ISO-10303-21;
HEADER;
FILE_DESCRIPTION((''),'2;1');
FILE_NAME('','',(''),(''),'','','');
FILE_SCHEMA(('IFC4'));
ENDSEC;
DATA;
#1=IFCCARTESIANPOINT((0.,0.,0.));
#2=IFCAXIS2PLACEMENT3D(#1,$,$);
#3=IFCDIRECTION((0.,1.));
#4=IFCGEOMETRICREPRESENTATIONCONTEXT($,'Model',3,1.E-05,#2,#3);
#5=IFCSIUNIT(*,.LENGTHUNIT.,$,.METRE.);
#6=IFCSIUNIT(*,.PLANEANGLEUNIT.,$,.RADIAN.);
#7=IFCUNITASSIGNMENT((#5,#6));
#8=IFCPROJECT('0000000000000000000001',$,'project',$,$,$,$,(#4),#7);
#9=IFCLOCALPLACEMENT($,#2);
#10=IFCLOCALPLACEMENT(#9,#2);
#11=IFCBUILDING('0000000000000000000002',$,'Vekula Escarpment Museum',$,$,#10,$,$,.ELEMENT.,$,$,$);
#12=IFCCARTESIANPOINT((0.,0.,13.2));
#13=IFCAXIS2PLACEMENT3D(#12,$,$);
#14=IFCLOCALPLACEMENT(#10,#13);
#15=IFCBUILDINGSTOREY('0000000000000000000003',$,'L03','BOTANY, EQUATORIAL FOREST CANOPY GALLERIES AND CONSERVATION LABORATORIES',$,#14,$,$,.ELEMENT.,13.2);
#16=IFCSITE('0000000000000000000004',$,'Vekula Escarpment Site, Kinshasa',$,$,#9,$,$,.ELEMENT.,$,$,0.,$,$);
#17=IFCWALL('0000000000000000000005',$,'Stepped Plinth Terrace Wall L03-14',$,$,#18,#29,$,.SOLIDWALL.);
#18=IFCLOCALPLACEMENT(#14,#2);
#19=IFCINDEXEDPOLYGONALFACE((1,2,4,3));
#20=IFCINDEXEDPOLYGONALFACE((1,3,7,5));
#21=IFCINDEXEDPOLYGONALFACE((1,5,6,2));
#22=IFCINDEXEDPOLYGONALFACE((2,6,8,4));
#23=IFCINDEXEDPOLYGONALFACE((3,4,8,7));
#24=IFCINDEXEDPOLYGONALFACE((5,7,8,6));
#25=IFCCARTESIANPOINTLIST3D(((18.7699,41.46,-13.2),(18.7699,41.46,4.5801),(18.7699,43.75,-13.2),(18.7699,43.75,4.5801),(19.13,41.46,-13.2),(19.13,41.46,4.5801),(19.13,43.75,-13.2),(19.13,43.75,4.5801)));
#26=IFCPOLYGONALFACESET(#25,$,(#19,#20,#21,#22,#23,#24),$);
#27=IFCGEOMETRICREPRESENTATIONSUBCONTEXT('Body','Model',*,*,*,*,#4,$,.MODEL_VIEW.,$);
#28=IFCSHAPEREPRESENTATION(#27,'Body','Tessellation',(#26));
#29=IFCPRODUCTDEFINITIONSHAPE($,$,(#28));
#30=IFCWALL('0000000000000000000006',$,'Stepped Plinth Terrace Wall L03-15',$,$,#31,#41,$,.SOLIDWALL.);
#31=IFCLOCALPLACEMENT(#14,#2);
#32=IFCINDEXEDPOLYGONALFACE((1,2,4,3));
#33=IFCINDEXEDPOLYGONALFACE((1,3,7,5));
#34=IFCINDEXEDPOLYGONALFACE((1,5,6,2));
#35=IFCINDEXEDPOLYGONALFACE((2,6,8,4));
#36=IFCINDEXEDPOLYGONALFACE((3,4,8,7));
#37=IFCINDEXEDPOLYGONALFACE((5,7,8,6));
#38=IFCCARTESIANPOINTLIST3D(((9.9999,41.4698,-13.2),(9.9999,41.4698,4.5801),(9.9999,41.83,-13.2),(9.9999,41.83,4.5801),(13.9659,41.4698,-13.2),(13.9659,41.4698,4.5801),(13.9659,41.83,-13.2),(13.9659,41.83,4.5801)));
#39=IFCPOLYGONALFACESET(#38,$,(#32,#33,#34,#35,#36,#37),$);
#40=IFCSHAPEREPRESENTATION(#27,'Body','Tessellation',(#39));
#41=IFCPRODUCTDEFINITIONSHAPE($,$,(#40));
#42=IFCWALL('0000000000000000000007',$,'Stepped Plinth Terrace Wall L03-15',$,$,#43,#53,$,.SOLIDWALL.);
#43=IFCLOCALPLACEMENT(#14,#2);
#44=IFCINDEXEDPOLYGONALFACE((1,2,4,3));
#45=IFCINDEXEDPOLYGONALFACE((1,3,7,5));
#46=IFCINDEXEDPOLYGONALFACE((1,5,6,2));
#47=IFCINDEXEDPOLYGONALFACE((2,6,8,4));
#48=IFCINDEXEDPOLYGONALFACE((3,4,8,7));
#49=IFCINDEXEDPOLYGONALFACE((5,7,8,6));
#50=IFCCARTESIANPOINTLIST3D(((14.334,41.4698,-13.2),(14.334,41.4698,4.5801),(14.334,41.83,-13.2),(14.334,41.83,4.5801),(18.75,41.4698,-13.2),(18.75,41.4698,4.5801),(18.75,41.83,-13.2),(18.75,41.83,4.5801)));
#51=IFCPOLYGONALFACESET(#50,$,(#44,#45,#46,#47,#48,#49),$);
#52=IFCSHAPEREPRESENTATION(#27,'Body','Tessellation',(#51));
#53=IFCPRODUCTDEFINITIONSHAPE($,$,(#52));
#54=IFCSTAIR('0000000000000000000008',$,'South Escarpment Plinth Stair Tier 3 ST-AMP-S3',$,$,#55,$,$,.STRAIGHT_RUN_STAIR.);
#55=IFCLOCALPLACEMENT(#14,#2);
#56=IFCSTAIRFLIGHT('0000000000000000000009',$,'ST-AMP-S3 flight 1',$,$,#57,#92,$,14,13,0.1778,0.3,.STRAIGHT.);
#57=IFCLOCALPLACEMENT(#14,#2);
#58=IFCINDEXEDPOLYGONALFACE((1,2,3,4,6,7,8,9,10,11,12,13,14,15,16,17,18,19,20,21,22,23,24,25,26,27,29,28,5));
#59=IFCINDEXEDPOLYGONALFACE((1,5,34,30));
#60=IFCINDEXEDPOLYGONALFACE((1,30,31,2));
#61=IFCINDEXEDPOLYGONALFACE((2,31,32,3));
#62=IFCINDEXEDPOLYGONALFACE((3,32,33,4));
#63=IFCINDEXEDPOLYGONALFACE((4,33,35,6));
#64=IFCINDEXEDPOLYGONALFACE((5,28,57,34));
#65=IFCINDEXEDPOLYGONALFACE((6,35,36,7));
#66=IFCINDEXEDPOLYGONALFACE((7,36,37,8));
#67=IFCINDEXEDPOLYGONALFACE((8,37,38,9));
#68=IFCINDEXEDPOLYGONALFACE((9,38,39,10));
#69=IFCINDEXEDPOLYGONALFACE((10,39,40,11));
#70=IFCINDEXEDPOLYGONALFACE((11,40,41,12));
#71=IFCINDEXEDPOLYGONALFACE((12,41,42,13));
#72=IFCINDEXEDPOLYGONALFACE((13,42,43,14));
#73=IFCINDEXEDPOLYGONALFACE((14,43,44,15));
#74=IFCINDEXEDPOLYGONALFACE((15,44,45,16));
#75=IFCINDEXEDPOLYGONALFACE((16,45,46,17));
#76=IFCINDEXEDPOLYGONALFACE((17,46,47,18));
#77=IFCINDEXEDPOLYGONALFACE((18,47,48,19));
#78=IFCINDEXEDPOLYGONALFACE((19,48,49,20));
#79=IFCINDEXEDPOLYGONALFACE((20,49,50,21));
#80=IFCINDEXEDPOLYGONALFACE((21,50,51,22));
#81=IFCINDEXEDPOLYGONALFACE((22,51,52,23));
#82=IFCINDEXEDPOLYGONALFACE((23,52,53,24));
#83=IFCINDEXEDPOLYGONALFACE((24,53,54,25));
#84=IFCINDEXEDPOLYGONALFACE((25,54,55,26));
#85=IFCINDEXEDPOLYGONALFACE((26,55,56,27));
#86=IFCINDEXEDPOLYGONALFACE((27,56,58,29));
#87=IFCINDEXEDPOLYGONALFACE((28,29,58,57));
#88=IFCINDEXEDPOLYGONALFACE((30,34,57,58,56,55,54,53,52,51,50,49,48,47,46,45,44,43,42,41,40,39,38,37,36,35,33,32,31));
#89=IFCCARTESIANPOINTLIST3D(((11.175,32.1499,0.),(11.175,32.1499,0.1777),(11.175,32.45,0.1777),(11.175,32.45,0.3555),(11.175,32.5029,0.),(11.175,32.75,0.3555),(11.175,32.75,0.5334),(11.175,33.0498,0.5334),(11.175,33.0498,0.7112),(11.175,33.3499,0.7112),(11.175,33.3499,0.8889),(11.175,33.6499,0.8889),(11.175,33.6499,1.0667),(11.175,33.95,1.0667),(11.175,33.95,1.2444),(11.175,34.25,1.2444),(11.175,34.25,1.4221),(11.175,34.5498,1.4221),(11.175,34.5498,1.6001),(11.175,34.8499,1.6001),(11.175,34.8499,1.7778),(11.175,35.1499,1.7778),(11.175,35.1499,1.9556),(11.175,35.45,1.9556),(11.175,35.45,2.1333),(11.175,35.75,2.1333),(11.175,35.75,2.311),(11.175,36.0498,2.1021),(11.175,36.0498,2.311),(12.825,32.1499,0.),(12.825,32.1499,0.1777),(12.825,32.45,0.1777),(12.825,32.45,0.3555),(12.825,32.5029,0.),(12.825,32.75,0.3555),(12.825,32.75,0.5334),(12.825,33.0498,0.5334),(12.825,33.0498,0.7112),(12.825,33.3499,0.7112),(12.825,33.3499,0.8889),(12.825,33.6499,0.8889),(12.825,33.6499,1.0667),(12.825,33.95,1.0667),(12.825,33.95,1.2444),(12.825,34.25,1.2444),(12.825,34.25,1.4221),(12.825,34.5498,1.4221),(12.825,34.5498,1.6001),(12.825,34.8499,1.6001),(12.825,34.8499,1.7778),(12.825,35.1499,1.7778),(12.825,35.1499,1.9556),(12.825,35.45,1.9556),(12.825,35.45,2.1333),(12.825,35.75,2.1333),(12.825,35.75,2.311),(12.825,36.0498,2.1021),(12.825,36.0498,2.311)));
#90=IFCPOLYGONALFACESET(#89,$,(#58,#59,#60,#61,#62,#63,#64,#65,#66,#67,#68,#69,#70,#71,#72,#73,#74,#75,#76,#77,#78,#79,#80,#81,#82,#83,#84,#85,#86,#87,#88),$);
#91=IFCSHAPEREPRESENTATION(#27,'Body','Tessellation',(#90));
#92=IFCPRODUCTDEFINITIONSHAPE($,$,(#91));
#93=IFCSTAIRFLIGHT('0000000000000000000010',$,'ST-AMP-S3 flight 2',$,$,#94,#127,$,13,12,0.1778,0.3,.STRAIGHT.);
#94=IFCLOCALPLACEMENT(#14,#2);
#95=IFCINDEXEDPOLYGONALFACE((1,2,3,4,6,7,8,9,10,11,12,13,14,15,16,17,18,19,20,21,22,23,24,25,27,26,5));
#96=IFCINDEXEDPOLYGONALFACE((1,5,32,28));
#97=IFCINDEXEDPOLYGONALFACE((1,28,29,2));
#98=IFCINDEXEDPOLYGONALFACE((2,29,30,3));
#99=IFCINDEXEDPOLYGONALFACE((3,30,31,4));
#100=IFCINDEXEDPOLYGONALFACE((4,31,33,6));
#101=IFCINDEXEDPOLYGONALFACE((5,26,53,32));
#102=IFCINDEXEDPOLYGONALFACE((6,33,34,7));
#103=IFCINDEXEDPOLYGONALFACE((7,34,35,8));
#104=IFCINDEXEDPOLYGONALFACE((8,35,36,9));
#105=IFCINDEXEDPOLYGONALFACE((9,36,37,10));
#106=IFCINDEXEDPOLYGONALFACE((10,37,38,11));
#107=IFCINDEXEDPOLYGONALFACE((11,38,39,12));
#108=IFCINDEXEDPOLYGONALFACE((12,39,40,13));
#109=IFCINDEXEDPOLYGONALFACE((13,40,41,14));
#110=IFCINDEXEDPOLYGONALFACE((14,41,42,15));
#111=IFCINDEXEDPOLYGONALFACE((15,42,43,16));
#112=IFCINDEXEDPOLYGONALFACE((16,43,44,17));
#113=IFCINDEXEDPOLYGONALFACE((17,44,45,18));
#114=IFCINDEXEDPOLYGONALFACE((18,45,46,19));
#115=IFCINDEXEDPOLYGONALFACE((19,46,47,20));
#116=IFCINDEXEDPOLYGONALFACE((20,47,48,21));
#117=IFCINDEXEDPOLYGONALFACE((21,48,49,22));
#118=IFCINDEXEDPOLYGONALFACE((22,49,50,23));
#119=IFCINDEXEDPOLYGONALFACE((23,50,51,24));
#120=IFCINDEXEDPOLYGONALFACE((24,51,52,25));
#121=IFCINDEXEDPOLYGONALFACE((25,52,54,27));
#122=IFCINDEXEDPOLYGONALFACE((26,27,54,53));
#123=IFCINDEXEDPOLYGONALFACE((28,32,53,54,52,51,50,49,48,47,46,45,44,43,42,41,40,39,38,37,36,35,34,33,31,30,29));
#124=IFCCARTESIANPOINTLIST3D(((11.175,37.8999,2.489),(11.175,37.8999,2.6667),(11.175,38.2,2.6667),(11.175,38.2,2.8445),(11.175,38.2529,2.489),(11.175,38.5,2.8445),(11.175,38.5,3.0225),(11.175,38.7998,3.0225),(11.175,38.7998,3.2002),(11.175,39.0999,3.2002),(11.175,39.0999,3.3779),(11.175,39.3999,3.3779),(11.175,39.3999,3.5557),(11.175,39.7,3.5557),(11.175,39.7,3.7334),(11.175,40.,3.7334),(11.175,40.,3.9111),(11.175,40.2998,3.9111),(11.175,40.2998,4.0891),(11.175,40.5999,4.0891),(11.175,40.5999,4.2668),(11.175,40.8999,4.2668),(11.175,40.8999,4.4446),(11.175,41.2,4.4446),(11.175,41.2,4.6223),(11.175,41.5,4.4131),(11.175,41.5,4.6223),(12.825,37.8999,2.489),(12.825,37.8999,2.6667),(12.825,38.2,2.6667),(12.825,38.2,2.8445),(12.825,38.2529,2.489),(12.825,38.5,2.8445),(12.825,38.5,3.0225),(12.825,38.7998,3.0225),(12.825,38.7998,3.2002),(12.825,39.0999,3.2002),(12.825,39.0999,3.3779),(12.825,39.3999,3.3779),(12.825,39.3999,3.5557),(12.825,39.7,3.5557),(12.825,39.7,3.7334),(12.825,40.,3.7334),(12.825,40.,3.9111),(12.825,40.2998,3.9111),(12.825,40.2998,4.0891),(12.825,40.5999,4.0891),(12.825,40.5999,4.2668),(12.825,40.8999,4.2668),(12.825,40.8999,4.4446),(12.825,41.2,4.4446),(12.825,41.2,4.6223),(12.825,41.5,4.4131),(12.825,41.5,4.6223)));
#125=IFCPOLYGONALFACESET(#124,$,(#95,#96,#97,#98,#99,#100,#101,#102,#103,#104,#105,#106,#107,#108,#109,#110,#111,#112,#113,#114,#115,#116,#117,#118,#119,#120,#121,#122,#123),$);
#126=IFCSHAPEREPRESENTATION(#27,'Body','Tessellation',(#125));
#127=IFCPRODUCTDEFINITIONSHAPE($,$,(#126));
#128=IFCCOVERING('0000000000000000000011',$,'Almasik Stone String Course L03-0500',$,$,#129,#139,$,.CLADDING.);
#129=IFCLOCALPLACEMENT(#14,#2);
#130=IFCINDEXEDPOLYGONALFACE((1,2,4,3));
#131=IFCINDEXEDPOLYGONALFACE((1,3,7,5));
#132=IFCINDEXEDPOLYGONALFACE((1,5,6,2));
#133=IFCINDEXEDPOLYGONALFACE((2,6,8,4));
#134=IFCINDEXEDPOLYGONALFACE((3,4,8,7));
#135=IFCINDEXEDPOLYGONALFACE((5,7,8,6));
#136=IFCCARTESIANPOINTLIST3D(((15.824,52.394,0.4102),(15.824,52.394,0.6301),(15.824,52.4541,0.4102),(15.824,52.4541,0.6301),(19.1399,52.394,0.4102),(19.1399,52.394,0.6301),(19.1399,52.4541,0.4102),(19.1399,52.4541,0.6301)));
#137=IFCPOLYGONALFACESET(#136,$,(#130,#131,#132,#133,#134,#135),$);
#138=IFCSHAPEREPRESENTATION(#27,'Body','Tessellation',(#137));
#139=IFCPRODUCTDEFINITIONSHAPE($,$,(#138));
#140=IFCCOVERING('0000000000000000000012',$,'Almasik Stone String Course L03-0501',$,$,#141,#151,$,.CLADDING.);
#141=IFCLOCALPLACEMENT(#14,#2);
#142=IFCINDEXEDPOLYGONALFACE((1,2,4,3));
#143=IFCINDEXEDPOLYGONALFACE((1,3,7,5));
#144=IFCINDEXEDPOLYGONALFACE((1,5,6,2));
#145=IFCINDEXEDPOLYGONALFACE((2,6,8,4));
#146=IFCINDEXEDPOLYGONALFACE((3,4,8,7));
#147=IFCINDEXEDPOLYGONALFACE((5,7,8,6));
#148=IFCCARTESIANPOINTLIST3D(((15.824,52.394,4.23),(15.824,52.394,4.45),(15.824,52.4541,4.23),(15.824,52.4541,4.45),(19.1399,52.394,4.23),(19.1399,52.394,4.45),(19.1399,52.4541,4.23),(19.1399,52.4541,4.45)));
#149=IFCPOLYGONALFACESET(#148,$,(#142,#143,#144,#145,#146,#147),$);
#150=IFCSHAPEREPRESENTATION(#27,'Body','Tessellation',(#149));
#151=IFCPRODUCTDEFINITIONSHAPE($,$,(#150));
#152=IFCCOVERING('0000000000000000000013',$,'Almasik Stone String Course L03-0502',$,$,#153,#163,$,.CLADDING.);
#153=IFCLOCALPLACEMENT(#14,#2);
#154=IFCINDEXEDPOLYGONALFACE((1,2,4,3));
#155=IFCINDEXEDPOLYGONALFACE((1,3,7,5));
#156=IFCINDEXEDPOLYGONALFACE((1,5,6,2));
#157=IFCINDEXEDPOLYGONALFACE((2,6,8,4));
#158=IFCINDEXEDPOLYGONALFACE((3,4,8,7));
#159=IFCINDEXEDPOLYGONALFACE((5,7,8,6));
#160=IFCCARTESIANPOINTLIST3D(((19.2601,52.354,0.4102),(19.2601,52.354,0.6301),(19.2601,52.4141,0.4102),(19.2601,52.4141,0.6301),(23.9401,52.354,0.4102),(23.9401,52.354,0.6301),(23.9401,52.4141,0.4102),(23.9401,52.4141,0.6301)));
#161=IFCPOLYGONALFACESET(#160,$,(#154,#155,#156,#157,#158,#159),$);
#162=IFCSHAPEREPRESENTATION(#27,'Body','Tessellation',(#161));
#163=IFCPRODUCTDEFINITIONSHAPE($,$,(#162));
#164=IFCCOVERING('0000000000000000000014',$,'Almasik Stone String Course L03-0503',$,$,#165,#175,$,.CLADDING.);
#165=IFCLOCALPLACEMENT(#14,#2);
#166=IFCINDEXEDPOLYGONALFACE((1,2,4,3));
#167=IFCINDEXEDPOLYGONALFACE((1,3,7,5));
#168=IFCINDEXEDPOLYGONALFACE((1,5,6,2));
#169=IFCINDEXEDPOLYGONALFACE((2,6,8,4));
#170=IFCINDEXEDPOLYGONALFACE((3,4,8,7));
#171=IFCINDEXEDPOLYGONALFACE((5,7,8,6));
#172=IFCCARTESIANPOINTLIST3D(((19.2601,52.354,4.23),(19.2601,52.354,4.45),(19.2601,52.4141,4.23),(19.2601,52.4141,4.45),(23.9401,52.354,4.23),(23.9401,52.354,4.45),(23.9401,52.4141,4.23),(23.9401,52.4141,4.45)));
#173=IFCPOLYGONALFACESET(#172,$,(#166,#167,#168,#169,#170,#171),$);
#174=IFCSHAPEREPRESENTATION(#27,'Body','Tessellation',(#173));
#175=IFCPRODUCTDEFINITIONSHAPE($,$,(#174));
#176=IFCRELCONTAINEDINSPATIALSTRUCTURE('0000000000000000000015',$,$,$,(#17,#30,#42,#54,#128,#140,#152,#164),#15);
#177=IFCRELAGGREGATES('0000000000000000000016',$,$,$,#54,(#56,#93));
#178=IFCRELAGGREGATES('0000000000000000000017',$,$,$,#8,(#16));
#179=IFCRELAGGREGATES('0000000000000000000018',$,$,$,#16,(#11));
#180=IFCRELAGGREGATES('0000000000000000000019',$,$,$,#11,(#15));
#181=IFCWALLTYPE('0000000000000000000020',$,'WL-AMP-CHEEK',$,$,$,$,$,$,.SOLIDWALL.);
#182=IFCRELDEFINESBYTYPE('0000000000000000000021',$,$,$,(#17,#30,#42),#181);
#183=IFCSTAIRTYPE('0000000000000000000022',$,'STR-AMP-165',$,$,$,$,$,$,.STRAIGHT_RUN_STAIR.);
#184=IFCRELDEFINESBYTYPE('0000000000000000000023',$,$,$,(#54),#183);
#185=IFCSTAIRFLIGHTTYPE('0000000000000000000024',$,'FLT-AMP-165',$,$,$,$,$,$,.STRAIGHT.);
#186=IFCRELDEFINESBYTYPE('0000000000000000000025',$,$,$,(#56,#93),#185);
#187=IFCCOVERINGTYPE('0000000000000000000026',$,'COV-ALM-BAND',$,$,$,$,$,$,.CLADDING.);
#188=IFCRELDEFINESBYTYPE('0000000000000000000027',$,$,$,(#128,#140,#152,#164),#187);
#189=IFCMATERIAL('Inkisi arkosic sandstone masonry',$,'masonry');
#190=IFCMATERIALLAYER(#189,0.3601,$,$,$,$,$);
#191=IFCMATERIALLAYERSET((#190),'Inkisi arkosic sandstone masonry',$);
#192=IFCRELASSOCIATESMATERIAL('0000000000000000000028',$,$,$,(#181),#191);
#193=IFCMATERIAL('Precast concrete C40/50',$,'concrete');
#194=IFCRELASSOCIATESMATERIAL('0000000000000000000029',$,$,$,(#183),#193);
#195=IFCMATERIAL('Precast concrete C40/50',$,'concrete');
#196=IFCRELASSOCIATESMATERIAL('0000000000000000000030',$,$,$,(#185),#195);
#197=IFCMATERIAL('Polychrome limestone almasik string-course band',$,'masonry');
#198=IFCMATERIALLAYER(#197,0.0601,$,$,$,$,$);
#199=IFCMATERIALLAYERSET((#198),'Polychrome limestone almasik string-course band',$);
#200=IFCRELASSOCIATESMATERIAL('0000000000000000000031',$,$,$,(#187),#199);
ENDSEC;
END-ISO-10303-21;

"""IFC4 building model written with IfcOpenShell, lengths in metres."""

from ifc_helpers import new_model, si_unit, direction, frame, frame_2d, origin, origin_2d, place, context, subcontext, project, spatial, polyline, rectangle, outline, extrude, material, layer, layer_set, type_object, element, aggregate, save


model = new_model("IFC4")

# Units and contexts
model_context = context("Model", 3, precision=1e-05, world=origin(), true_north=direction((0.0, 1.0)))
body_context = subcontext(model_context, "Body", "Model", "MODEL_VIEW")
ifc_project = project(units=[si_unit("LENGTHUNIT", "METRE"), si_unit("PLANEANGLEUNIT", "RADIAN")], contexts=[model_context])

# Site, building, storey
site_placement = place(None, origin())
site = spatial("IfcSite", under=ifc_project, at=site_placement, Name="Vekula Escarpment Site, Kinshasa", CompositionType="ELEMENT", RefElevation=0.0)
building_placement = place(site_placement, origin())
building = spatial("IfcBuilding", under=site, at=building_placement, Name="Vekula Escarpment Museum", CompositionType="ELEMENT")
storey_placement = place(building_placement, frame((0.0, 0.0, 13.2)))
storey = spatial("IfcBuildingStorey", under=building, at=storey_placement, Name="L03", Description="BOTANY, EQUATORIAL FOREST CANOPY GALLERIES AND CONSERVATION LABORATORIES", CompositionType="ELEMENT", Elevation=13.2)

# Walls
ifc_material_1 = material(Name="Inkisi arkosic sandstone masonry", Category="masonry")
ifc_layer_1 = layer(ifc_material_1, 0.3601)
ifc_layer_set_1 = layer_set([ifc_layer_1], Name="Inkisi arkosic sandstone masonry")
wall_type_1 = type_object("IfcWallType", Name="WL-AMP-CHEEK", PredefinedType="SOLIDWALL", material=ifc_layer_set_1)
wall_1_placement = place(storey_placement, frame((18.95, 41.46, -13.2), z_axis=(0.0, 0.0, 1.0), x_axis=(0.0, 1.0, 0.0)))
element("IfcWall", 1, at=wall_1_placement, inside=storey, type_object=wall_type_1, Name="Stepped Plinth Terrace Wall L03-14", PredefinedType="SOLIDWALL", context=body_context, shape_type="SweptSolid", body=[
    extrude(rectangle(XDim=2.29, YDim=0.3601, at=frame_2d((1.145, 0.0))), origin(), (0.0, 0.0, 1.0), 17.78),
])
wall_2_placement = place(storey_placement, frame((10.0, 41.6499, -13.2), z_axis=(0.0, 0.0, 1.0), x_axis=(1.0, 0.0, 0.0)))
element("IfcWall", 2, at=wall_2_placement, inside=storey, type_object=wall_type_1, Name="Stepped Plinth Terrace Wall L03-15", PredefinedType="SOLIDWALL", context=body_context, shape_type="SweptSolid", body=[
    extrude(rectangle(XDim=3.9661, YDim=0.3601, at=frame_2d((1.9829, 0.0))), origin(), (0.0, 0.0, 1.0), 17.78),
])
wall_3_placement = place(storey_placement, frame((14.334, 41.6499, -13.2), z_axis=(0.0, 0.0, 1.0), x_axis=(1.0, 0.0, 0.0)))
element("IfcWall", 3, at=wall_3_placement, inside=storey, type_object=wall_type_1, Name="Stepped Plinth Terrace Wall L03-15", PredefinedType="SOLIDWALL", context=body_context, shape_type="SweptSolid", body=[
    extrude(rectangle(XDim=4.416, YDim=0.3601, at=frame_2d((2.208, 0.0))), origin(), (0.0, 0.0, 1.0), 17.78),
])

# Stair, stair flights
ifc_material_2 = material(Name="Precast concrete C40/50", Category="concrete")
stair_type = type_object("IfcStairType", Name="STR-AMP-165", PredefinedType="STRAIGHT_RUN_STAIR", material=ifc_material_2)
stair_placement = place(storey_placement, origin())
stair = element("IfcStair", 4, at=stair_placement, inside=storey, type_object=stair_type, Name="South Escarpment Plinth Stair Tier 3 ST-AMP-S3", PredefinedType="STRAIGHT_RUN_STAIR")
ifc_material_3 = material(Name="Precast concrete C40/50", Category="concrete")
stair_flight_type = type_object("IfcStairFlightType", Name="FLT-AMP-165", PredefinedType="STRAIGHT", material=ifc_material_3)
stair_flight_1_placement = place(storey_placement, frame((12.0, 32.1499, 0.0), z_axis=(0.0, 0.0, 1.0), x_axis=(0.0, 1.0, 0.0)))
stair_flight_1 = element("IfcStairFlight", 5, at=stair_flight_1_placement, type_object=stair_flight_type, Name="ST-AMP-S3 flight 1", NumberOfRisers=14, NumberOfTreads=13, PredefinedType="STRAIGHT", RiserHeight=0.1778, TreadLength=0.3, context=body_context, shape_type="SweptSolid", body=[
    extrude(outline(polyline([(0.0, 0.0), (0.0, 0.1777), (0.3, 0.1777), (0.3, 0.3555), (0.6001, 0.3555), (0.6001, 0.5334), (0.8999, 0.5334), (0.8999, 0.7112), (1.2, 0.7112), (1.2, 0.8889), (1.5, 0.8889), (1.5, 1.0667), (1.8, 1.0667), (1.8, 1.2444), (2.1001, 1.2444), (2.1001, 1.4221), (2.3999, 1.4221), (2.3999, 1.6001), (2.7, 1.6001), (2.7, 1.7778), (3.0, 1.7778), (3.0, 1.9556), (3.3, 1.9556), (3.3, 2.1333), (3.6001, 2.1333), (3.6001, 2.311), (3.8999, 2.311), (3.8999, 2.489), (3.8999, 2.1021), (0.353, 0.0), (0.0, 0.0)])), frame((0.0, 0.825, 0.0), z_axis=(0.0, -1.0, 0.0), x_axis=(1.0, 0.0, 0.0)), (0.0, 0.0, 1.0), 1.6499),
])
stair_flight_2_placement = place(storey_placement, frame((12.0, 37.8999, 2.489), z_axis=(0.0, 0.0, 1.0), x_axis=(0.0, 1.0, 0.0)))
stair_flight_2 = element("IfcStairFlight", 6, at=stair_flight_2_placement, type_object=stair_flight_type, Name="ST-AMP-S3 flight 2", NumberOfRisers=13, NumberOfTreads=12, PredefinedType="STRAIGHT", RiserHeight=0.1778, TreadLength=0.3, context=body_context, shape_type="SweptSolid", body=[
    extrude(outline(polyline([(0.0, 0.0), (0.0, 0.1777), (0.3, 0.1777), (0.3, 0.3555), (0.6001, 0.3555), (0.6001, 0.5334), (0.8999, 0.5334), (0.8999, 0.7112), (1.2, 0.7112), (1.2, 0.8889), (1.5, 0.8889), (1.5, 1.0667), (1.8, 1.0667), (1.8, 1.2444), (2.1001, 1.2444), (2.1001, 1.4221), (2.3999, 1.4221), (2.3999, 1.6001), (2.7, 1.6001), (2.7, 1.7778), (3.0, 1.7778), (3.0, 1.9556), (3.3, 1.9556), (3.3, 2.1333), (3.6001, 2.1333), (3.6001, 2.311), (3.6001, 1.9241), (0.353, 0.0), (0.0, 0.0)])), frame((0.0, 0.825, 0.0), z_axis=(0.0, -1.0, 0.0), x_axis=(1.0, 0.0, 0.0)), (0.0, 0.0, 1.0), 1.6499),
])
aggregate(stair, [stair_flight_1, stair_flight_2])

# Coverings
ifc_material_4 = material(Name="Polychrome limestone almasik string-course band", Category="masonry")
ifc_layer_2 = layer(ifc_material_4, 0.0601)
ifc_layer_set_2 = layer_set([ifc_layer_2], Name="Polychrome limestone almasik string-course band")
covering_type = type_object("IfcCoveringType", Name="COV-ALM-BAND", PredefinedType="CLADDING", material=ifc_layer_set_2)
for number, where, z_axis, x_axis, name in (
    (7, (17.4819, 52.4241, 0.4102), (0.0, 0.0, 1.0), (1.0, 0.0, 0.0), "Almasik Stone String Course L03-0500"),
    (8, (17.4819, 52.4241, 4.23), (0.0, 0.0, 1.0), (1.0, 0.0, 0.0), "Almasik Stone String Course L03-0501"),
):
    element("IfcCovering", number, at=place(storey_placement, frame(where, z_axis=z_axis, x_axis=x_axis)), inside=storey, type_object=covering_type, Name=name, PredefinedType="CLADDING", context=body_context, shape_type="SweptSolid", body=[
        extrude(rectangle(XDim=3.3159, YDim=0.0601, at=origin_2d()), origin(), (0.0, 0.0, 1.0), 0.22),
    ])
for number, where, z_axis, x_axis, name in (
    (9, (21.6001, 52.384, 0.4102), (0.0, 0.0, 1.0), (1.0, 0.0, 0.0), "Almasik Stone String Course L03-0502"),
    (10, (21.6001, 52.384, 4.23), (0.0, 0.0, 1.0), (1.0, 0.0, 0.0), "Almasik Stone String Course L03-0503"),
):
    element("IfcCovering", number, at=place(storey_placement, frame(where, z_axis=z_axis, x_axis=x_axis)), inside=storey, type_object=covering_type, Name=name, PredefinedType="CLADDING", context=body_context, shape_type="SweptSolid", body=[
        extrude(rectangle(XDim=4.6799, YDim=0.0601, at=origin_2d()), origin(), (0.0, 0.0, 1.0), 0.22),
    ])

save(model, "model.ifc")
